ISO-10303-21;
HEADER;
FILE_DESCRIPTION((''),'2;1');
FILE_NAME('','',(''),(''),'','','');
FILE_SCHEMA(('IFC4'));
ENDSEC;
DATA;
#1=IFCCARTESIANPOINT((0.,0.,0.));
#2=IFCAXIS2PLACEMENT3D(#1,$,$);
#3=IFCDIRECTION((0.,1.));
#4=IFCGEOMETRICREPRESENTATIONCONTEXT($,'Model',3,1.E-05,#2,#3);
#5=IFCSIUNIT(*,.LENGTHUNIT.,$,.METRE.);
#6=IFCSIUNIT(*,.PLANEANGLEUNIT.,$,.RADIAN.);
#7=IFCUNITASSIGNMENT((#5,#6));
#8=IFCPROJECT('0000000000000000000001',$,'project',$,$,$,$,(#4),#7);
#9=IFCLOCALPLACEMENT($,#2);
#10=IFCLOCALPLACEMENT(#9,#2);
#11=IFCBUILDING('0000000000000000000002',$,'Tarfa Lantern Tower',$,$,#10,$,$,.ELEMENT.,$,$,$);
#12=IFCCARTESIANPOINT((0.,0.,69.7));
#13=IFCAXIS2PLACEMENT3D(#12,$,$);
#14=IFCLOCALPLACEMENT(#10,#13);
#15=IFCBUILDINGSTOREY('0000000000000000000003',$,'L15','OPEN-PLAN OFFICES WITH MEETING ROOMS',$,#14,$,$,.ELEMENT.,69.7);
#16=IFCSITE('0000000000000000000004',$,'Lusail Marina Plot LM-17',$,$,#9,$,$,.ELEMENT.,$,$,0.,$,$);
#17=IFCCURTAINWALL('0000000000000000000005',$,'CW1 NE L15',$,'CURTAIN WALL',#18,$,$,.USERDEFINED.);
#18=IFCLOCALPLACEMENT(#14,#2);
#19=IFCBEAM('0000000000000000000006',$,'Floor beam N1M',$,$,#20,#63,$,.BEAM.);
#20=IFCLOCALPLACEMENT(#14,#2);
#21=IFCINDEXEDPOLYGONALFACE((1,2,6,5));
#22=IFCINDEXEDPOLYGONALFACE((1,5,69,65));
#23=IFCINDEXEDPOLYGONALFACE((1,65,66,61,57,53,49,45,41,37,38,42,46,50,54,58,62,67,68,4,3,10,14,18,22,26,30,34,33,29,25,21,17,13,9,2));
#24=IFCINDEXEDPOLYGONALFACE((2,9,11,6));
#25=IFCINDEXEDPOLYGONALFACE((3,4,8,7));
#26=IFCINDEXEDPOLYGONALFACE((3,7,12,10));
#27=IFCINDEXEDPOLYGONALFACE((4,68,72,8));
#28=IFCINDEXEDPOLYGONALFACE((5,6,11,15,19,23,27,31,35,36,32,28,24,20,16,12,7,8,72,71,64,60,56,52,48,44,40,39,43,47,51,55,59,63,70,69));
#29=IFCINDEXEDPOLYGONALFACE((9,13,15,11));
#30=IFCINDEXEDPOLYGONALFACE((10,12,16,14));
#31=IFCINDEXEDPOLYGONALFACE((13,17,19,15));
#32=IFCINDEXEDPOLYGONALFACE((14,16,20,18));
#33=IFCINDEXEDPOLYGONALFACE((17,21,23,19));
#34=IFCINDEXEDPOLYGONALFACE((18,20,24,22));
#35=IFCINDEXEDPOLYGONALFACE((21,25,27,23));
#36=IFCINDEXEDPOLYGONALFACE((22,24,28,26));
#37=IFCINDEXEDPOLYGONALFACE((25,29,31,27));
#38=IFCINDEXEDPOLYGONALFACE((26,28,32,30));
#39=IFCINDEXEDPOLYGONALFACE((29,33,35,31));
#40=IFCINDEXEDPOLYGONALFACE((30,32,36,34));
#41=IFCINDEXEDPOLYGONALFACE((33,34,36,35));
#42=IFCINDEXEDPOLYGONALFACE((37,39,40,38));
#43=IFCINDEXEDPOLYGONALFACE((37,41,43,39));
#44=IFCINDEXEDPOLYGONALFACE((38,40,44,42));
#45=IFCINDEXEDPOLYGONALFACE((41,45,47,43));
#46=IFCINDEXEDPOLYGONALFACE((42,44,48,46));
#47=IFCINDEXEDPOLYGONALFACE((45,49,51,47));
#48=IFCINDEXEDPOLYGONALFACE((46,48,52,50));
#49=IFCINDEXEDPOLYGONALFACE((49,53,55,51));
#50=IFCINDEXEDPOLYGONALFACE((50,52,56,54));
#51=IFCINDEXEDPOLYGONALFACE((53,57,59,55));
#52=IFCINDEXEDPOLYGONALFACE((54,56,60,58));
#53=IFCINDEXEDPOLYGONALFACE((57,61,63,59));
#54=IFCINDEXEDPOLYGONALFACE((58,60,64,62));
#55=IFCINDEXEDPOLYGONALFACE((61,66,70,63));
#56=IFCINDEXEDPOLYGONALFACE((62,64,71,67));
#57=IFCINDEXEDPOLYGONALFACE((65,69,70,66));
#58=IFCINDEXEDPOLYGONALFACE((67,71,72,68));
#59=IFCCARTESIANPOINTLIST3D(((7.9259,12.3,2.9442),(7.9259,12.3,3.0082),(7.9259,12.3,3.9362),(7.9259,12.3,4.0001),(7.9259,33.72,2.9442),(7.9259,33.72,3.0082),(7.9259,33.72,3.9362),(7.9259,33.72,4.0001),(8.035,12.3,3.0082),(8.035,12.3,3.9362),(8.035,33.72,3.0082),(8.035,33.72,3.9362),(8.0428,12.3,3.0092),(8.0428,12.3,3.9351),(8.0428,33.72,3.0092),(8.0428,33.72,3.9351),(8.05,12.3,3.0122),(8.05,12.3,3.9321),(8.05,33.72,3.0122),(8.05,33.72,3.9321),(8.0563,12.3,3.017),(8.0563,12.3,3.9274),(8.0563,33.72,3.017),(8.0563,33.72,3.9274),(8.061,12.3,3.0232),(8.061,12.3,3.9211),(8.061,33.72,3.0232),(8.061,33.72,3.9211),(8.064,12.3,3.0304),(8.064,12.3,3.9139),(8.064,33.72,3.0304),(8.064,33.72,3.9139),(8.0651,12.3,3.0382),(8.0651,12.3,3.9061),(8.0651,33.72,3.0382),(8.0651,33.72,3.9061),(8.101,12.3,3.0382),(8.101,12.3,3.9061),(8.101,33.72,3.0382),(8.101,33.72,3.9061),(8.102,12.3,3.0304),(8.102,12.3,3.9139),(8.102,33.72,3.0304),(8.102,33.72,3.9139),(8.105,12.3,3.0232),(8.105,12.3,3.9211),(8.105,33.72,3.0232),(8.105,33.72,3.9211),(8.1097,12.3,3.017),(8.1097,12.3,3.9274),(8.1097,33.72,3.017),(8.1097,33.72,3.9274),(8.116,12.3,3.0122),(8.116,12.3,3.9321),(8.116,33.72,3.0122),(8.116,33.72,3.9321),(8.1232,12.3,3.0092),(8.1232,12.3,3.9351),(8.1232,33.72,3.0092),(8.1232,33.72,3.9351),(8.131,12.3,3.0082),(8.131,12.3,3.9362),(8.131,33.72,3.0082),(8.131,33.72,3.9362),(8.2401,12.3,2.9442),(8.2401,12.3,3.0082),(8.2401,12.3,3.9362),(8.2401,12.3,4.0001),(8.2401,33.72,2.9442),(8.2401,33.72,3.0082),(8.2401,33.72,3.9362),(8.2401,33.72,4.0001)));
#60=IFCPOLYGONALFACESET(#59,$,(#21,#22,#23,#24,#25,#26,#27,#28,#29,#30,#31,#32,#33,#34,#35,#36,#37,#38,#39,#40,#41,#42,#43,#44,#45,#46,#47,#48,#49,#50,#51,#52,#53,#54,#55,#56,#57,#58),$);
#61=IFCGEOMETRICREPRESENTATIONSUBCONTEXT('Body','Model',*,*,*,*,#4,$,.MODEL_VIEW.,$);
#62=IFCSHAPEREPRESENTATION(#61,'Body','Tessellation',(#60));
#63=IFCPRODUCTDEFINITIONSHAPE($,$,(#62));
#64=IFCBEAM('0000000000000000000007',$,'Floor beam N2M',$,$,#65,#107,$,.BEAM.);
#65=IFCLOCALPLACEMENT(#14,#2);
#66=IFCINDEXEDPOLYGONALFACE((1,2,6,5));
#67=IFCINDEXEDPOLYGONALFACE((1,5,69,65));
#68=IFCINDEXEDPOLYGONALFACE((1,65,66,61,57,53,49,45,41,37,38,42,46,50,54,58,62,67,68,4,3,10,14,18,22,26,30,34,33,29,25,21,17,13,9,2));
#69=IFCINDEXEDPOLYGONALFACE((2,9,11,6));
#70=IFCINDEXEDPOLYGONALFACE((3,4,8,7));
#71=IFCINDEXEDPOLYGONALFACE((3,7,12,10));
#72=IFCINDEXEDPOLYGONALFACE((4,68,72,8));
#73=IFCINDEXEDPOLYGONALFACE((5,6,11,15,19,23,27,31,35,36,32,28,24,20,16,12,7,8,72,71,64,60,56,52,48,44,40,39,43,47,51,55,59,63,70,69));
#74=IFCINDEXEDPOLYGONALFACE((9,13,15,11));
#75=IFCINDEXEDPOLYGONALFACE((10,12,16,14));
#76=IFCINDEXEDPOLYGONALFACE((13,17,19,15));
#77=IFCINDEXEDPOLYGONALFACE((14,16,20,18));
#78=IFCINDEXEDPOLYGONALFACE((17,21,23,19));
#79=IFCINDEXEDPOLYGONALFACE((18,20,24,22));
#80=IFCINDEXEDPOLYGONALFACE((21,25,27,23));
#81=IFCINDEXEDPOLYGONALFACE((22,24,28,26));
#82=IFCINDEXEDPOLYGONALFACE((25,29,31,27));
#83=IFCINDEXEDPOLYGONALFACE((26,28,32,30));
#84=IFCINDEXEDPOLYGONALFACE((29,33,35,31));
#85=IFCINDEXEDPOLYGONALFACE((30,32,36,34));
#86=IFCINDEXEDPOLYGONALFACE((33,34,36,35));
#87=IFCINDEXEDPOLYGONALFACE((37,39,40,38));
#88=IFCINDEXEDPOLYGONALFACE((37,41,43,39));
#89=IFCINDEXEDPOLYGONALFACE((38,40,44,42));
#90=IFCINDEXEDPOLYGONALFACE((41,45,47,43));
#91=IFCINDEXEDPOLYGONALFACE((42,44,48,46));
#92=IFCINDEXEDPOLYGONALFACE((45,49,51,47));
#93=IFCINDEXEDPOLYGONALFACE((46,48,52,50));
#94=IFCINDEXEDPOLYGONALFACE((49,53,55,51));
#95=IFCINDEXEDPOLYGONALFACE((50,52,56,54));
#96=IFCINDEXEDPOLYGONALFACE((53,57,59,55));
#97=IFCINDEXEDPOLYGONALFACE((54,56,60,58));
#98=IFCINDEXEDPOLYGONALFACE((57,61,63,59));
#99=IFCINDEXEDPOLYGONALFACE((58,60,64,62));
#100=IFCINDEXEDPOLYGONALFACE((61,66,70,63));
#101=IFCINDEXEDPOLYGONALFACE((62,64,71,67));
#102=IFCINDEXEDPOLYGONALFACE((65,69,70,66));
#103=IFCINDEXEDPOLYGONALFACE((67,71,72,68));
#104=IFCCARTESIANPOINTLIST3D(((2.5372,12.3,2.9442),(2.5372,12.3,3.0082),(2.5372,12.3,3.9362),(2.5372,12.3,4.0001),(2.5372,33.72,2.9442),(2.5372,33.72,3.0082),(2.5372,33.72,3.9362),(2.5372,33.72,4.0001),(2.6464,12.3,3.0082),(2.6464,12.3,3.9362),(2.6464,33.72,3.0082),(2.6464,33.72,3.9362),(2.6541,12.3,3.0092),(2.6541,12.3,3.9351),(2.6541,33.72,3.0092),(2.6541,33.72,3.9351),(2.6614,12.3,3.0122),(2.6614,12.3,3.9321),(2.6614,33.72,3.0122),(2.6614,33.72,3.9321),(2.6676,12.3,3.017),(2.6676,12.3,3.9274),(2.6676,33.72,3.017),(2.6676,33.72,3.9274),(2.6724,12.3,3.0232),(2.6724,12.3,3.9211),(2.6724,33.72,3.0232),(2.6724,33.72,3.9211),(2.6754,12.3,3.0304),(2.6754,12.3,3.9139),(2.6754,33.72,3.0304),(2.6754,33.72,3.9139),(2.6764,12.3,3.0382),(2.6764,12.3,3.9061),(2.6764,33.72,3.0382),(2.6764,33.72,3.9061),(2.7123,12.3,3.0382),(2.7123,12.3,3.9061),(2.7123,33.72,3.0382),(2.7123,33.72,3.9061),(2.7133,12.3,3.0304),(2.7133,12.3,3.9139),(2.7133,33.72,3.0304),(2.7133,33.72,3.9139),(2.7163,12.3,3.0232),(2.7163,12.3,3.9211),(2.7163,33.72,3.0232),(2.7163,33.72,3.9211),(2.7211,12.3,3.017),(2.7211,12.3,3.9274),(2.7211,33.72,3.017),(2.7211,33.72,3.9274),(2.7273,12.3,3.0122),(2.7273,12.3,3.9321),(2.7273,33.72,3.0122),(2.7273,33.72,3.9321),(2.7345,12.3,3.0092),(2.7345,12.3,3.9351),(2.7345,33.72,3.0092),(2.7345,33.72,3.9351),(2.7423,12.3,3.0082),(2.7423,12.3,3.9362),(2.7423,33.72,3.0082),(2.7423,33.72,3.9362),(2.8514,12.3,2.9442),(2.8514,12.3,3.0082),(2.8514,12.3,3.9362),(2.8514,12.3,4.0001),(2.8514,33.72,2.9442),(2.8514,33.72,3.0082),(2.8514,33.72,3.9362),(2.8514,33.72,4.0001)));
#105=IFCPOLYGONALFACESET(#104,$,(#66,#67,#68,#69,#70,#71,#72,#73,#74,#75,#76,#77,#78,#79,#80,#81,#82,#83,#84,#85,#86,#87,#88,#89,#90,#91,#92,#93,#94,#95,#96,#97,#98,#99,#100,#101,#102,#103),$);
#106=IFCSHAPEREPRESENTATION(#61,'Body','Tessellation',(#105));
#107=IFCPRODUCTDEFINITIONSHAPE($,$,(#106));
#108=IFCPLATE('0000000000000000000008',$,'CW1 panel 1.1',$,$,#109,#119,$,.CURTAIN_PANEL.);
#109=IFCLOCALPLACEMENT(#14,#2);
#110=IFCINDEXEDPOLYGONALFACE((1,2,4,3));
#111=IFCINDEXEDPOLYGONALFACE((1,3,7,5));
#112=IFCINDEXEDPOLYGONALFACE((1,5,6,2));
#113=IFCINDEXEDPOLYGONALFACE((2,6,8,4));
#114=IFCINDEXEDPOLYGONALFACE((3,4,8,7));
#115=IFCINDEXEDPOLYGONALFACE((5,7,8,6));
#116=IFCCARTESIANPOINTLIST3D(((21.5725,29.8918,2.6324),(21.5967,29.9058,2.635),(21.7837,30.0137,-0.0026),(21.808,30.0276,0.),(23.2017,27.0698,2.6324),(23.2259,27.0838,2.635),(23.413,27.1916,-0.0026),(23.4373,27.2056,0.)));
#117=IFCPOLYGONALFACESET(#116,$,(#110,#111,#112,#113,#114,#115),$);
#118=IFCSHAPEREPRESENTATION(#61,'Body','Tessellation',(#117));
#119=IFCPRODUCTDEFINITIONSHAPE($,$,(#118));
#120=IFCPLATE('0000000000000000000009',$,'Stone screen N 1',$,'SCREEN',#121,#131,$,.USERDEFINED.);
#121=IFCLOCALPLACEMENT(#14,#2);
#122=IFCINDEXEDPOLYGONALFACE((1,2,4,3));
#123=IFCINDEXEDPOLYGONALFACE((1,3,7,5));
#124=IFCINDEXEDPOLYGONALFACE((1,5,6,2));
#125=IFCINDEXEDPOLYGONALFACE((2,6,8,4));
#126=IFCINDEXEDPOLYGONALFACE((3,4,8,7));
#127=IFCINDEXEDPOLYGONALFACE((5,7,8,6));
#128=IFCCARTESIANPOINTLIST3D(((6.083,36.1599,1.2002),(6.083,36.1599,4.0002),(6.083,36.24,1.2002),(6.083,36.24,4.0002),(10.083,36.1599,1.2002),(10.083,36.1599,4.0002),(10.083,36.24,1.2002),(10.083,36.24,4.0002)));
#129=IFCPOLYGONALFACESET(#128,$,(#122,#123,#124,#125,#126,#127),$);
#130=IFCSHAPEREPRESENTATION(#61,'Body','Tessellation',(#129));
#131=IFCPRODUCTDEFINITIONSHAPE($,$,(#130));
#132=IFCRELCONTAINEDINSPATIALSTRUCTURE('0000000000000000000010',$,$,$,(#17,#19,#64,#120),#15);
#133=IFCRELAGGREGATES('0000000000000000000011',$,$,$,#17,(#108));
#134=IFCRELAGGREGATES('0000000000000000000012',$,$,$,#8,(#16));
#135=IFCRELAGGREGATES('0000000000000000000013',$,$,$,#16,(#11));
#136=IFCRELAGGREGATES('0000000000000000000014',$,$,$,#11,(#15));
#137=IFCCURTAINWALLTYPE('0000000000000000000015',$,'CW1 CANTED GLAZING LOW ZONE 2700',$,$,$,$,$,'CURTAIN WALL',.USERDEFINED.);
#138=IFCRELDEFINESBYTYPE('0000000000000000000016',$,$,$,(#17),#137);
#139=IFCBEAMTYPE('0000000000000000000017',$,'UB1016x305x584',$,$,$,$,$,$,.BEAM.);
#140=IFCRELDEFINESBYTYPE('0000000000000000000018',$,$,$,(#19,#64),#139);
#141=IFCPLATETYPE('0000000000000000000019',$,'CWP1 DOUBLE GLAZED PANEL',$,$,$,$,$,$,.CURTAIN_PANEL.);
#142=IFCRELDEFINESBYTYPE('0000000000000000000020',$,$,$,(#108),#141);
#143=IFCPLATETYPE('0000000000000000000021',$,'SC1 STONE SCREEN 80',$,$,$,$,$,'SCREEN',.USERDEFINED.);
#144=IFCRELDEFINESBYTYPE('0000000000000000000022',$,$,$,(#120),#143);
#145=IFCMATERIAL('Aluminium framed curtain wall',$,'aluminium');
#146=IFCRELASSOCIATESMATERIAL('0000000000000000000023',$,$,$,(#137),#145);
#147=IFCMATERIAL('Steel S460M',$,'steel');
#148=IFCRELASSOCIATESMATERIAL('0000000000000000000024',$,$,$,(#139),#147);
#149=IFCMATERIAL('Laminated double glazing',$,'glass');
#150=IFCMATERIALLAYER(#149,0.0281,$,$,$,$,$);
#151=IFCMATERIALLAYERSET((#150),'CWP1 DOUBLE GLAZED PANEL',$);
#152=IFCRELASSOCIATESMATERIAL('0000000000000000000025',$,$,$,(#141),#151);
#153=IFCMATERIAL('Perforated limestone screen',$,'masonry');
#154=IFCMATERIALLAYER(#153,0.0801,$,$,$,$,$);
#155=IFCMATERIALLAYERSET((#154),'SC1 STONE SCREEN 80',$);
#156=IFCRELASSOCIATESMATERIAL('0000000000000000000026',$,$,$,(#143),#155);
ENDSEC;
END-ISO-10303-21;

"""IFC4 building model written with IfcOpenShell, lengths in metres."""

from ifc_helpers import new_model, si_unit, direction, frame, origin, origin_2d, place, context, subcontext, project, spatial, polyline, rectangle, i_section, outline, extrude, material, layer, layer_set, material_profile, profile_set, type_object, element, aggregate, save


model = new_model("IFC4")

# Units and contexts
model_context = context("Model", 3, precision=1e-05, world=origin(), true_north=direction((0.0, 1.0)))
body_context = subcontext(model_context, "Body", "Model", "MODEL_VIEW")
ifc_project = project(units=[si_unit("LENGTHUNIT", "METRE"), si_unit("PLANEANGLEUNIT", "RADIAN")], contexts=[model_context])

# Site, building, storey
site_placement = place(None, origin())
site = spatial("IfcSite", under=ifc_project, at=site_placement, Name="Lusail Marina Plot LM-17", CompositionType="ELEMENT", RefElevation=0.0)
building_placement = place(site_placement, origin())
building = spatial("IfcBuilding", under=site, at=building_placement, Name="Tarfa Lantern Tower", CompositionType="ELEMENT")
storey_placement = place(building_placement, frame((0.0, 0.0, 69.7)))
storey = spatial("IfcBuildingStorey", under=building, at=storey_placement, Name="L15", Description="OPEN-PLAN OFFICES WITH MEETING ROOMS", CompositionType="ELEMENT", Elevation=69.7)

# Curtain wall
ifc_material_1 = material(Name="Aluminium framed curtain wall", Category="aluminium")
curtain_wall_type = type_object("IfcCurtainWallType", Name="CW1 CANTED GLAZING LOW ZONE 2700", ElementType="CURTAIN WALL", PredefinedType="USERDEFINED", material=ifc_material_1)
curtain_wall_placement = place(storey_placement, origin())
curtain_wall = element("IfcCurtainWall", 1, at=curtain_wall_placement, inside=storey, type_object=curtain_wall_type, Name="CW1 NE L15", ObjectType="CURTAIN WALL", PredefinedType="USERDEFINED")

# Beams
ifc_material_2 = material(Name="Steel S460M", Category="steel")
ifc_material_profile_1 = material_profile(ifc_material_2, i_section(OverallWidth=0.3142, OverallDepth=1.0559, WebThickness=0.0359, FlangeThickness=0.064, FilletRadius=0.03, at=origin_2d()), Name="UB1016x305x584")
ifc_profile_set_1 = profile_set([ifc_material_profile_1], Name="Steel S460M")
beam_type_1 = type_object("IfcBeamType", Name="UB1016x305x584", PredefinedType="BEAM", material=ifc_profile_set_1)
for number, where, z_axis, x_axis, name in (
    (2, (8.083, 33.72, 3.4722), (0.0, -1.0, 0.0), (1.0, 0.0, 0.0), "Floor beam N1M"),
    (3, (2.6943, 33.72, 3.4722), (0.0, -1.0, 0.0), (1.0, 0.0, 0.0), "Floor beam N2M"),
):
    element("IfcBeam", number, at=place(storey_placement, frame(where, z_axis=z_axis, x_axis=x_axis)), inside=storey, type_object=beam_type_1, Name=name, PredefinedType="BEAM", context=body_context, shape_type="SweptSolid", body=[
        extrude(i_section(OverallWidth=0.3142, OverallDepth=1.0559, WebThickness=0.0359, FlangeThickness=0.064, FilletRadius=0.03, at=origin_2d()), origin(), (0.0, 0.0, 1.0), 21.4199),
    ])

# Plates
ifc_material_3 = material(Name="Laminated double glazing", Category="glass")
ifc_layer_1 = layer(ifc_material_3, 0.0281)
ifc_layer_set_1 = layer_set([ifc_layer_1], Name="CWP1 DOUBLE GLAZED PANEL")
plate_type_1 = type_object("IfcPlateType", Name="CWP1 DOUBLE GLAZED PANEL", PredefinedType="CURTAIN_PANEL", material=ifc_layer_set_1)
plate_1_placement = place(storey_placement, frame((23.4373, 27.2056, 0.0), z_axis=(0.862342, 0.497867, 0.09217), x_axis=(-0.499995, 0.866028, 0.000003)))
plate_1 = element("IfcPlate", 4, at=plate_1_placement, type_object=plate_type_1, Name="CW1 panel 1.1", PredefinedType="CURTAIN_PANEL", context=body_context, shape_type="SweptSolid", body=[
    extrude(outline(polyline([(0.0, 0.0), (3.2586, 0.0), (3.2587, 2.6463), (0.0002, 2.6463), (0.0, 0.0)])), origin(), (0.0, 0.0, -1.0), 0.0281),
])
aggregate(curtain_wall, [plate_1])
ifc_material_4 = material(Name="Perforated limestone screen", Category="masonry")
ifc_layer_2 = layer(ifc_material_4, 0.0801)
ifc_layer_set_2 = layer_set([ifc_layer_2], Name="SC1 STONE SCREEN 80")
plate_type_2 = type_object("IfcPlateType", Name="SC1 STONE SCREEN 80", ElementType="SCREEN", PredefinedType="USERDEFINED", material=ifc_layer_set_2)
plate_2_placement = place(storey_placement, frame((8.083, 36.2, 1.2002), z_axis=(0.0, 0.0, 1.0), x_axis=(-1.0, 0.0, 0.0)))
element("IfcPlate", 5, at=plate_2_placement, inside=storey, type_object=plate_type_2, Name="Stone screen N 1", ObjectType="SCREEN", PredefinedType="USERDEFINED", context=body_context, shape_type="SweptSolid", body=[
    extrude(rectangle(XDim=4.0, YDim=0.0801, at=origin_2d()), origin(), (0.0, 0.0, 1.0), 2.8),
])

save(model, "model.ifc")
